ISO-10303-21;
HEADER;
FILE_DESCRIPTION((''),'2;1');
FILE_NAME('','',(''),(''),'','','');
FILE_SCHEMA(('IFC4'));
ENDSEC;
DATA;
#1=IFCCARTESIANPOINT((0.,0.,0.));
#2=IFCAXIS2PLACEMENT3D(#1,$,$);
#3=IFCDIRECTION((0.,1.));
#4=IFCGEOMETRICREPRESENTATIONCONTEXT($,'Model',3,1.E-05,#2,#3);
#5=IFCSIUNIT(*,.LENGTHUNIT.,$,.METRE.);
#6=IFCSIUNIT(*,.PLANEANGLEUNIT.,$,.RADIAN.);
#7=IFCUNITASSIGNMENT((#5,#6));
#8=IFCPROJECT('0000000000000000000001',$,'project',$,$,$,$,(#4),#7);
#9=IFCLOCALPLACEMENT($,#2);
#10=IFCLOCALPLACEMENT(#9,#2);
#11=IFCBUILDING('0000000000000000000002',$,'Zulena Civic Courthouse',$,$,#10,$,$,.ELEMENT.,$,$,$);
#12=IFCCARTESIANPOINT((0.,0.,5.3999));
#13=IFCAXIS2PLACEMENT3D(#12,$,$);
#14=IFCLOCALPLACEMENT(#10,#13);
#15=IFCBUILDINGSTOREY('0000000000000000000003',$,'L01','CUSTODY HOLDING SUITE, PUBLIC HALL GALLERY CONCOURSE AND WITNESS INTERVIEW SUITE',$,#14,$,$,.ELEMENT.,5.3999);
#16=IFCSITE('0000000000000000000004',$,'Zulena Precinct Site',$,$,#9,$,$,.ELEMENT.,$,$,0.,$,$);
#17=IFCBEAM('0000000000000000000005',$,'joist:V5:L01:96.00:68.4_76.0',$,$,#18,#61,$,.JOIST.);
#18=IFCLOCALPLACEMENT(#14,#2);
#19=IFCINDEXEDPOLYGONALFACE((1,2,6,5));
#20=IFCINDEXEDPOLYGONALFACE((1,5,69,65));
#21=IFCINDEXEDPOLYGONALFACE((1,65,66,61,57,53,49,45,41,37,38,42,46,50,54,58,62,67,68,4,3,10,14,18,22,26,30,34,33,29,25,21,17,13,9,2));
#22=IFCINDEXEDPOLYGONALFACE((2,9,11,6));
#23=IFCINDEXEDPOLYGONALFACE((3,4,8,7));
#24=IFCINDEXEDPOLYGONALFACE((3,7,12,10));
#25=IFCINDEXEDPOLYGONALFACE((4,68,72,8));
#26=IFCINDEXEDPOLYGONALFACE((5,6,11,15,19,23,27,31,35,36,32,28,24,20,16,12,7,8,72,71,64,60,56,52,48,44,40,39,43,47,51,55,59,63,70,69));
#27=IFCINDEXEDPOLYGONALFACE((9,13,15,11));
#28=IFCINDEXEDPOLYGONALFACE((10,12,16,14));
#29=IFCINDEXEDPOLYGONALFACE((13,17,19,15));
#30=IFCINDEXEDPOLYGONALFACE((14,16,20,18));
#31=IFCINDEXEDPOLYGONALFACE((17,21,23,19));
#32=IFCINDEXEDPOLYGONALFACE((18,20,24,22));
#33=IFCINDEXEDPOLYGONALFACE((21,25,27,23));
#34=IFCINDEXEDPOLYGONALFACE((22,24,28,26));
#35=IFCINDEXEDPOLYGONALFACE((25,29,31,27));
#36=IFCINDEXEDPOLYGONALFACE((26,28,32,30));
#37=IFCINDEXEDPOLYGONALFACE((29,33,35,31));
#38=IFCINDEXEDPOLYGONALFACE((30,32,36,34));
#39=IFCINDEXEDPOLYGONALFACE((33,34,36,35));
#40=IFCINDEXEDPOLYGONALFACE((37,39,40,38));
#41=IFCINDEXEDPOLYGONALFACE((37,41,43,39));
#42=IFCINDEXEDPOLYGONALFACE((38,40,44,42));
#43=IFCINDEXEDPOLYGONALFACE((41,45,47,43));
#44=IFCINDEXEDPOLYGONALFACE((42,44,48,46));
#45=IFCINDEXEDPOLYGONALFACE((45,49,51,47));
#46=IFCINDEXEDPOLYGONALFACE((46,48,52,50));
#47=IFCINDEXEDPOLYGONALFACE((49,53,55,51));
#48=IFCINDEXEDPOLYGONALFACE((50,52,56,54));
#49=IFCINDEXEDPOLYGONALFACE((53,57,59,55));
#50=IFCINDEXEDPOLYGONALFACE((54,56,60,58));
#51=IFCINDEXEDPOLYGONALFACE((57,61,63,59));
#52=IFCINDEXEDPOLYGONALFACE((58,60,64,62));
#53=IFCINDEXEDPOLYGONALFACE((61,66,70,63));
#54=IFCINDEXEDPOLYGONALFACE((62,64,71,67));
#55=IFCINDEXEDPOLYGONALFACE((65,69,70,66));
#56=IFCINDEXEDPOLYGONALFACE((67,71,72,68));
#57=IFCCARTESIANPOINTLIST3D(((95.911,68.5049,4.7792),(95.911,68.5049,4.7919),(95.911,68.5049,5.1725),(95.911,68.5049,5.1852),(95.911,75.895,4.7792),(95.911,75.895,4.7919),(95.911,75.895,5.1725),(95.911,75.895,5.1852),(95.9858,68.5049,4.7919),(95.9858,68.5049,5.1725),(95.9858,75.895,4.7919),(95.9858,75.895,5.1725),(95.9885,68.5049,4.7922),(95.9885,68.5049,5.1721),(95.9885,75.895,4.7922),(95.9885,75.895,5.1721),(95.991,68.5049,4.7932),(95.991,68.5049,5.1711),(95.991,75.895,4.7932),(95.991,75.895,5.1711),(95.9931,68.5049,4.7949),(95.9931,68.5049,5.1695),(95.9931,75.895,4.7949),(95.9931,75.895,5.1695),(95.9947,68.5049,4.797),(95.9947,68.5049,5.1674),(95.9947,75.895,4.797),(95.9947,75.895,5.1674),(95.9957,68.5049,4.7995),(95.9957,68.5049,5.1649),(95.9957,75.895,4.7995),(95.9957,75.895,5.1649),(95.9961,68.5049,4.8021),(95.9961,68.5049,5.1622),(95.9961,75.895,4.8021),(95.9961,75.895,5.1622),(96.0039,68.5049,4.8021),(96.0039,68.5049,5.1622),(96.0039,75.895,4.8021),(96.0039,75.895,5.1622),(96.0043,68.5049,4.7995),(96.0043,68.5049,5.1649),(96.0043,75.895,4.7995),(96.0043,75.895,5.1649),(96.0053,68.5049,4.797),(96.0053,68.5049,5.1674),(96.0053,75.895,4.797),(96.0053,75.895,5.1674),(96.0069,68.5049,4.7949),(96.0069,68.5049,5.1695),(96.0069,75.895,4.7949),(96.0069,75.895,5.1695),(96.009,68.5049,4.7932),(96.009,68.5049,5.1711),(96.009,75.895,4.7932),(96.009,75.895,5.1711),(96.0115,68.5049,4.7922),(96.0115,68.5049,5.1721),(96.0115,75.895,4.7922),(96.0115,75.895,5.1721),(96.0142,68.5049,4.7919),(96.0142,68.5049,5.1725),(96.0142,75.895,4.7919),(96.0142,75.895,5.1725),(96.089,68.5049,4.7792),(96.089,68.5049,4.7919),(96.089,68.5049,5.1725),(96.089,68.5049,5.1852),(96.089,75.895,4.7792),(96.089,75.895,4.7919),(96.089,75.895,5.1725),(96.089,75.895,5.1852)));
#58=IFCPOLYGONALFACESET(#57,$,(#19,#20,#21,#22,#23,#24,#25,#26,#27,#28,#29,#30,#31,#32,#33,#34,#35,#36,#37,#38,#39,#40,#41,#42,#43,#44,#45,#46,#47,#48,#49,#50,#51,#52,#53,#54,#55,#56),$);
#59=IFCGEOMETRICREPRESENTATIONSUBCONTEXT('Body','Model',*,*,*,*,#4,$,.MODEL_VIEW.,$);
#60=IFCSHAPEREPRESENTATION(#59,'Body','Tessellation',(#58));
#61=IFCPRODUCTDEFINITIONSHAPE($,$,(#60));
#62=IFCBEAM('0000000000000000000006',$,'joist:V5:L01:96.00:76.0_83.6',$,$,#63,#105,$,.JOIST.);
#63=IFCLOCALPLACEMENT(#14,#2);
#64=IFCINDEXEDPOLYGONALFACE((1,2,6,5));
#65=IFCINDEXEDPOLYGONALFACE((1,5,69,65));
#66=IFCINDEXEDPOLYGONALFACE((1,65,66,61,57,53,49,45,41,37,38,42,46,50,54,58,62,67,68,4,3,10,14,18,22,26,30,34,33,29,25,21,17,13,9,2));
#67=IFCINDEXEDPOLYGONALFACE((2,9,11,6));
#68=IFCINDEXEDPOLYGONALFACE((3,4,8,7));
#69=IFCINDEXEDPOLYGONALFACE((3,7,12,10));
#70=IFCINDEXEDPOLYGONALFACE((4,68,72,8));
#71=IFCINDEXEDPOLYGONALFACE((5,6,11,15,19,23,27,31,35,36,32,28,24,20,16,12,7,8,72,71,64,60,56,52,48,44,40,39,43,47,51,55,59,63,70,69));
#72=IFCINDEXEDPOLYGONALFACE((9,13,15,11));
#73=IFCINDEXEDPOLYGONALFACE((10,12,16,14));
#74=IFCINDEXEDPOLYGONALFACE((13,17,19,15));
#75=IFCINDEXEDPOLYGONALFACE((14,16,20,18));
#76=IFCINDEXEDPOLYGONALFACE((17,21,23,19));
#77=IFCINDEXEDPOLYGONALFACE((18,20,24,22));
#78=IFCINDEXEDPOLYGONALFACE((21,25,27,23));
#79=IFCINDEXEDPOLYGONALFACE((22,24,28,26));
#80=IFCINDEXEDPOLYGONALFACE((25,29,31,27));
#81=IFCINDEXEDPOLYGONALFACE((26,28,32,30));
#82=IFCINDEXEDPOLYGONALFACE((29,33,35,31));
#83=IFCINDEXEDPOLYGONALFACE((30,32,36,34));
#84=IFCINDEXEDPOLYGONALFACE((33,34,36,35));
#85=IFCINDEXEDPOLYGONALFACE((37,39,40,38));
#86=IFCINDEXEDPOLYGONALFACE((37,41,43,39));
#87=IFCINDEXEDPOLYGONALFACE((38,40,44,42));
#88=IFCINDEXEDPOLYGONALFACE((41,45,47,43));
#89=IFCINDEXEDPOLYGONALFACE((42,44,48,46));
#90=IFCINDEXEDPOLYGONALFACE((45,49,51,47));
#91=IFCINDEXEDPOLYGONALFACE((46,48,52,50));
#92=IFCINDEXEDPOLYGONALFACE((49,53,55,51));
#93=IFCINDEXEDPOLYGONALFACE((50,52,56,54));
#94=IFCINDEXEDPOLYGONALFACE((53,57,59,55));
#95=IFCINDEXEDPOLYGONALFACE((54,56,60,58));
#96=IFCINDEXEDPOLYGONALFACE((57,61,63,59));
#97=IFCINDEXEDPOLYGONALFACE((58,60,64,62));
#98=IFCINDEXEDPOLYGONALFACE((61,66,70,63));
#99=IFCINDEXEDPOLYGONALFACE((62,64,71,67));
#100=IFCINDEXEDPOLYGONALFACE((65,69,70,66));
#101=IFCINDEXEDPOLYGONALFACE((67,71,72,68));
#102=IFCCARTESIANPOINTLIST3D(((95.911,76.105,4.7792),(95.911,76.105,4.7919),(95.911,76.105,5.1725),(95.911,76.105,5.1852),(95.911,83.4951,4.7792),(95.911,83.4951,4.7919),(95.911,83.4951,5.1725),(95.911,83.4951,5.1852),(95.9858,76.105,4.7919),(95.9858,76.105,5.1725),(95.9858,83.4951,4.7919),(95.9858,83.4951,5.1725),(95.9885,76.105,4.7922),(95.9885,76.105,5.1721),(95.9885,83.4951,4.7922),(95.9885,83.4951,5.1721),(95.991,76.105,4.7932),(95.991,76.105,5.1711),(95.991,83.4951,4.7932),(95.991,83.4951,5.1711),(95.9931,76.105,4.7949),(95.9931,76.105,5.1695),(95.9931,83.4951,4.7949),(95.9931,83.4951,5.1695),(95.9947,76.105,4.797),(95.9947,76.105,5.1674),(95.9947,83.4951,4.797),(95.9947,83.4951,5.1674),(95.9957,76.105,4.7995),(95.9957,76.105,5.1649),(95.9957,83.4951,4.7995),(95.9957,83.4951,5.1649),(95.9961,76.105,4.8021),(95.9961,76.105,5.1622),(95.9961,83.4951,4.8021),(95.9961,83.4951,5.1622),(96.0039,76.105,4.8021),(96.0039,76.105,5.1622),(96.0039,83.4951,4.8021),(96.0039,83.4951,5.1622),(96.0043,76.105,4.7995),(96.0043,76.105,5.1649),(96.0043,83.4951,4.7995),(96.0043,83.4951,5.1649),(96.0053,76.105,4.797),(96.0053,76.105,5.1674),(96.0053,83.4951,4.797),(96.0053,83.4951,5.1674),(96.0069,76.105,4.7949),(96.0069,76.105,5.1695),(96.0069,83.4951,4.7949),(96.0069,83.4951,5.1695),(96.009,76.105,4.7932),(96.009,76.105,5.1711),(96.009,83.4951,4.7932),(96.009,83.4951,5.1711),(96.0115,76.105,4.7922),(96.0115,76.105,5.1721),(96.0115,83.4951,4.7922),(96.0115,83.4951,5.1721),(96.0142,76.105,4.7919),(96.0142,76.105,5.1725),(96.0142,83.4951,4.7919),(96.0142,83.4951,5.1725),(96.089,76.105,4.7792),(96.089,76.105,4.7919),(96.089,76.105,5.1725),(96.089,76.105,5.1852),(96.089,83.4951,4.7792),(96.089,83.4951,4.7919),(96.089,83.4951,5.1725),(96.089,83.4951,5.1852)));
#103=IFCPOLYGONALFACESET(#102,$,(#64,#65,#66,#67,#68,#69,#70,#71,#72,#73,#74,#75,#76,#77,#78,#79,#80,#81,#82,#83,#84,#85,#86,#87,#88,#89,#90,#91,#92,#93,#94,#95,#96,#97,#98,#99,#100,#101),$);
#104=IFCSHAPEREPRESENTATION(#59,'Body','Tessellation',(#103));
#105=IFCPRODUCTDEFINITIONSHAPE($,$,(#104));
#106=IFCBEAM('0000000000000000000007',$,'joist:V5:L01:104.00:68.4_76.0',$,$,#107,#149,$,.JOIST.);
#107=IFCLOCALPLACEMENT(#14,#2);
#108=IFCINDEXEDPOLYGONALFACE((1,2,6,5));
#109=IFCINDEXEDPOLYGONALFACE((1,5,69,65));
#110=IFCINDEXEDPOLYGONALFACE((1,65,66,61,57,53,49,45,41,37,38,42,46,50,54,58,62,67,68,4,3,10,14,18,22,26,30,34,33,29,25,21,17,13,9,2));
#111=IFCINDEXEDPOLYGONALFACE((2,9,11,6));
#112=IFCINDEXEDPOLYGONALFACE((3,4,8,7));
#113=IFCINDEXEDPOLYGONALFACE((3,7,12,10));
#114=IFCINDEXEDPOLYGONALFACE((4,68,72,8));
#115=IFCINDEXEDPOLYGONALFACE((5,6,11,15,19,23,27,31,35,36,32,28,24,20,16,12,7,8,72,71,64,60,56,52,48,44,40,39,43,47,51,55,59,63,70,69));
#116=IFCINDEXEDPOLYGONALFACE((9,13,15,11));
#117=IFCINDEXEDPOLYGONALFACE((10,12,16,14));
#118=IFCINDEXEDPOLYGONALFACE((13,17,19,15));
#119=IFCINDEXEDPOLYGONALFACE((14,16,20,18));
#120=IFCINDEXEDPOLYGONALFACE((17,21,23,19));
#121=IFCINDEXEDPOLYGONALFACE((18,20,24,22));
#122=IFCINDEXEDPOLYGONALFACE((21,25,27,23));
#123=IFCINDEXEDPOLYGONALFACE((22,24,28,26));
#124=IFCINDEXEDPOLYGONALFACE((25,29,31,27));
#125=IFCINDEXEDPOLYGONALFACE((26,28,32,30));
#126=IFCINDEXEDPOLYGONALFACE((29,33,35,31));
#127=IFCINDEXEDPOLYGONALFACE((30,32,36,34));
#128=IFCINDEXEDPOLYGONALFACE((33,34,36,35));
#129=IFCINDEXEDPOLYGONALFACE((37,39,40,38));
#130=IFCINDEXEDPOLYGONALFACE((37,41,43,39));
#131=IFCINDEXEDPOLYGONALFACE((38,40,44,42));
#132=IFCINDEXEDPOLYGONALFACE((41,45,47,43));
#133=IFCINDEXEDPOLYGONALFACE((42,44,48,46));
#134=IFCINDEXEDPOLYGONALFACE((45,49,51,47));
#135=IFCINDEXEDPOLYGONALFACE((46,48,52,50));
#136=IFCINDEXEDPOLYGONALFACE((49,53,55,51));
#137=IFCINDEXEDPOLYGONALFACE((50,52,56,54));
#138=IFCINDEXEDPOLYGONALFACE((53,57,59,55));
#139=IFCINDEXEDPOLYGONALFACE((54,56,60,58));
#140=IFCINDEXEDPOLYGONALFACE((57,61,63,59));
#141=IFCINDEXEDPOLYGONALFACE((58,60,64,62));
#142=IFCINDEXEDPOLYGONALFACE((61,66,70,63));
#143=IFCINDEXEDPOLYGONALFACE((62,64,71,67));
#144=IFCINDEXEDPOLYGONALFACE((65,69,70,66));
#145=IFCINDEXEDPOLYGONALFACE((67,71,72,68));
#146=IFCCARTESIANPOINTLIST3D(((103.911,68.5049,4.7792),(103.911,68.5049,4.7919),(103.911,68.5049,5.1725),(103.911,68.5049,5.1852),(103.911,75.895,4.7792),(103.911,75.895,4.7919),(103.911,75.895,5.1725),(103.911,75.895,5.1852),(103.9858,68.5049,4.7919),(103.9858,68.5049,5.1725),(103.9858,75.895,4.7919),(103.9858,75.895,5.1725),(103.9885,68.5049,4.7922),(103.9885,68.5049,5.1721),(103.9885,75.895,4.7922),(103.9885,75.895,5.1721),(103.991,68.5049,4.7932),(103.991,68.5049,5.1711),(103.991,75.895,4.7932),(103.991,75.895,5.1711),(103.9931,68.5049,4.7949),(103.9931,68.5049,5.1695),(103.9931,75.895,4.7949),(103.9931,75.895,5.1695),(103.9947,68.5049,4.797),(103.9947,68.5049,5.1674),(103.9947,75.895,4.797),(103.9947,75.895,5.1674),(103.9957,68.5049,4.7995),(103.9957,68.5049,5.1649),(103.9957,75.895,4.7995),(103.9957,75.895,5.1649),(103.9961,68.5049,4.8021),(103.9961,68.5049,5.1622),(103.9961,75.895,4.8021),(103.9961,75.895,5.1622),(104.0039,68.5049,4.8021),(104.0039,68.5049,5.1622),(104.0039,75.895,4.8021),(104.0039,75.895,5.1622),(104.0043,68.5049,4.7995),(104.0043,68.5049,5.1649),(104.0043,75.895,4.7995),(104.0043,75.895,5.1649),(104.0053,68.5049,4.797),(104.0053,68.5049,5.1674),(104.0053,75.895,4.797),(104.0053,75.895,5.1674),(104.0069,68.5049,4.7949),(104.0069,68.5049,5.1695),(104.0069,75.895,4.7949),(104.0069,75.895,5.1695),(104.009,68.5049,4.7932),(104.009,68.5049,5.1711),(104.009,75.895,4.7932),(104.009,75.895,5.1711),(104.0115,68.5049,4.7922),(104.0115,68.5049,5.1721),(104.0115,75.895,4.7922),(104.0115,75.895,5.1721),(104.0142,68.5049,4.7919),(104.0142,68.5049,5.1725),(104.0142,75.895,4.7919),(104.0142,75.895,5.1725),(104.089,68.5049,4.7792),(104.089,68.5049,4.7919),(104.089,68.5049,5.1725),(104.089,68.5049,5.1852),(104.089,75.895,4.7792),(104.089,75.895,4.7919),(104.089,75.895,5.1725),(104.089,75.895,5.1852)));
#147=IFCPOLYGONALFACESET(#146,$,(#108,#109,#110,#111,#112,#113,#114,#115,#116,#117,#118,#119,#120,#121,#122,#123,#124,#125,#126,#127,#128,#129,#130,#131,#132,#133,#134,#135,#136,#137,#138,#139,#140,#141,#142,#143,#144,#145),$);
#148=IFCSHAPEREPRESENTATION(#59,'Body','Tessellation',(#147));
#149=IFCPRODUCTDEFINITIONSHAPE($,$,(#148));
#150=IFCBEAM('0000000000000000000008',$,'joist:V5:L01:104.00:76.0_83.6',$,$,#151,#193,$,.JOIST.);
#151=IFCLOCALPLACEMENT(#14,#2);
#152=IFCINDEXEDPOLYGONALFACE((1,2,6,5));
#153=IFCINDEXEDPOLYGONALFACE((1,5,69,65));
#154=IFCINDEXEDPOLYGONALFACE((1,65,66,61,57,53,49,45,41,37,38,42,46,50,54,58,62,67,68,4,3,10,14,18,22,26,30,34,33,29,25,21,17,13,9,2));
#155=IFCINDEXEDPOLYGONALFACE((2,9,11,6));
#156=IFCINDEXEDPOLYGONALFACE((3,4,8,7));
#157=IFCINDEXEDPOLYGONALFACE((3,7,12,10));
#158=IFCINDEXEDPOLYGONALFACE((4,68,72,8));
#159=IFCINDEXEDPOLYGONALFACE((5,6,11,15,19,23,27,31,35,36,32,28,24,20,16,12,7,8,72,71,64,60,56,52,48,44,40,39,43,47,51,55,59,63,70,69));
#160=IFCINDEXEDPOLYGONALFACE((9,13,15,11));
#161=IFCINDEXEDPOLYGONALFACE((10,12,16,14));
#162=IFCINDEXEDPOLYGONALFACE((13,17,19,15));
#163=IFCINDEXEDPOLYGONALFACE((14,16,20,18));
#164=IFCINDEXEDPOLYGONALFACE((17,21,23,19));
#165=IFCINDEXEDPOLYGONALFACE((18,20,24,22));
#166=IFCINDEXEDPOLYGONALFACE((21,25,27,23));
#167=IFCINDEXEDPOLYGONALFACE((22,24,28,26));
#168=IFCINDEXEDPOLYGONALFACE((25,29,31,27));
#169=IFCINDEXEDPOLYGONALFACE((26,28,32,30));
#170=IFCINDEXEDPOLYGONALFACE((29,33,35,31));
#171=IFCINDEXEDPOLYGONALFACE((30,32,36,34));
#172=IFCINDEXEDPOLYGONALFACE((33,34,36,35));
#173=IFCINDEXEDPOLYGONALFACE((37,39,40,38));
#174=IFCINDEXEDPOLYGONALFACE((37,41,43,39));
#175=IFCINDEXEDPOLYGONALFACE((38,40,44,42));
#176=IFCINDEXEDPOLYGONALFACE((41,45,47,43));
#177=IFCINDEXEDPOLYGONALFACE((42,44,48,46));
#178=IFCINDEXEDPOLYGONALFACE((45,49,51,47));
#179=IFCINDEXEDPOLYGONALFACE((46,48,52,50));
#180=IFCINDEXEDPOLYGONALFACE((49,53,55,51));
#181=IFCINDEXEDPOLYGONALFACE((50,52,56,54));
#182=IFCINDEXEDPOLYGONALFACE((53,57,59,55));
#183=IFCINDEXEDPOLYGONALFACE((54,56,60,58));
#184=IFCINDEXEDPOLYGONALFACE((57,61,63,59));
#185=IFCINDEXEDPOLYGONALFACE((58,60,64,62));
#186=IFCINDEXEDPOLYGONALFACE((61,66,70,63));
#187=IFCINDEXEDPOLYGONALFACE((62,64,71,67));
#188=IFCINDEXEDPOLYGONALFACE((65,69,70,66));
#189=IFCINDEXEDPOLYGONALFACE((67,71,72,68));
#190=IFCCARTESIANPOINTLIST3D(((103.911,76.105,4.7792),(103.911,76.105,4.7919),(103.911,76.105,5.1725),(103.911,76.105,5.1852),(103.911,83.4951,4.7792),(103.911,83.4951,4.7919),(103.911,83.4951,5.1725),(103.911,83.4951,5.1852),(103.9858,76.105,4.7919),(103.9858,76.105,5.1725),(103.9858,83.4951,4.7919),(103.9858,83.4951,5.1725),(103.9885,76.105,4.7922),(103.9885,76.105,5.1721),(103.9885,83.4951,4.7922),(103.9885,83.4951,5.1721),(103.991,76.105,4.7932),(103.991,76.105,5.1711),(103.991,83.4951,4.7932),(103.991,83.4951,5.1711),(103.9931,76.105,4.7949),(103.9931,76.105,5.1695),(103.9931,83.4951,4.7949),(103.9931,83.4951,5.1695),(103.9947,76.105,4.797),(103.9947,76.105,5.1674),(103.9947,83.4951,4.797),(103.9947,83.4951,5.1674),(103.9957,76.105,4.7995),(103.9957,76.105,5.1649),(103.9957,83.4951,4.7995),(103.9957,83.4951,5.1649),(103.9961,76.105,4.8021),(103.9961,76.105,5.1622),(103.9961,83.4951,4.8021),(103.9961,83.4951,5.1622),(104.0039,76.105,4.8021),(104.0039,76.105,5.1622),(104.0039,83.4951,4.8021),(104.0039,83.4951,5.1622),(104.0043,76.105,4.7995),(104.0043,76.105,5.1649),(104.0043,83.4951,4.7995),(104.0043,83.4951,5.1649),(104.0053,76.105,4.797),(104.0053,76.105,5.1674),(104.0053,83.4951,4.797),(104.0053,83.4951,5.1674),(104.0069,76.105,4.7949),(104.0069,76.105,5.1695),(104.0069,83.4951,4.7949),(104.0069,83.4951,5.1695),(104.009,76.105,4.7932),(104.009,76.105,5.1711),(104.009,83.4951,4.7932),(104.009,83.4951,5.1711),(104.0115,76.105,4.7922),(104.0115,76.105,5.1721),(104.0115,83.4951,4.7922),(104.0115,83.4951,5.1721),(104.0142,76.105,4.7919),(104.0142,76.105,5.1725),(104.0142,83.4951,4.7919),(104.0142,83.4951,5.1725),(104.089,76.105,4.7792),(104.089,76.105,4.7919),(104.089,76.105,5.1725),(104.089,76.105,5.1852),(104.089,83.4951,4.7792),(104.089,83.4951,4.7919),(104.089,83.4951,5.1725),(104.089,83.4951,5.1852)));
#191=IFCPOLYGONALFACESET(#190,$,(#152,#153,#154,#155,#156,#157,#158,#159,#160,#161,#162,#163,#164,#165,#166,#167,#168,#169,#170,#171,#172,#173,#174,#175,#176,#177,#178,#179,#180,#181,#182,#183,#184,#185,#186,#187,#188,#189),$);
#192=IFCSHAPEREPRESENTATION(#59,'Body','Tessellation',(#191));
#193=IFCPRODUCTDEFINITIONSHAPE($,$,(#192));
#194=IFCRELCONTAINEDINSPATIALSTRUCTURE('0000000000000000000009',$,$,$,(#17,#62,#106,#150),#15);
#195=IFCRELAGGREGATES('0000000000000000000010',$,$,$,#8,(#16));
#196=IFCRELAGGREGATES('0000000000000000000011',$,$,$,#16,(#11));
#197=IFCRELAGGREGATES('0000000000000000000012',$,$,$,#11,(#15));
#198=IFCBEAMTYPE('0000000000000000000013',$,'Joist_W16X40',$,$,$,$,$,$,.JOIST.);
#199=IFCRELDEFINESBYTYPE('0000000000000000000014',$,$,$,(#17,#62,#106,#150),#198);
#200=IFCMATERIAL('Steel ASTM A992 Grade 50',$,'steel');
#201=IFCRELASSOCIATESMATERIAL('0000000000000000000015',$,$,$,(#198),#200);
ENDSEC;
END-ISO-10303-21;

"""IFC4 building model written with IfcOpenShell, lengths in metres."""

from ifc_helpers import new_model, si_unit, direction, frame, origin, origin_2d, place, context, subcontext, project, spatial, i_section, extrude, material, material_profile, profile_set, type_object, element, save


model = new_model("IFC4")

# Units and contexts
model_context = context("Model", 3, precision=1e-05, world=origin(), true_north=direction((0.0, 1.0)))
body_context = subcontext(model_context, "Body", "Model", "MODEL_VIEW")
ifc_project = project(units=[si_unit("LENGTHUNIT", "METRE"), si_unit("PLANEANGLEUNIT", "RADIAN")], contexts=[model_context])

# Site, building, storey
site_placement = place(None, origin())
site = spatial("IfcSite", under=ifc_project, at=site_placement, Name="Zulena Precinct Site", CompositionType="ELEMENT", RefElevation=0.0)
building_placement = place(site_placement, origin())
building = spatial("IfcBuilding", under=site, at=building_placement, Name="Zulena Civic Courthouse", CompositionType="ELEMENT")
storey_placement = place(building_placement, frame((0.0, 0.0, 5.3999)))
storey = spatial("IfcBuildingStorey", under=building, at=storey_placement, Name="L01", Description="CUSTODY HOLDING SUITE, PUBLIC HALL GALLERY CONCOURSE AND WITNESS INTERVIEW SUITE", CompositionType="ELEMENT", Elevation=5.3999)

# Shared definitions
ifc_material_1 = material(Name="Steel ASTM A992 Grade 50", Category="steel")

# Beams
ifc_material_profile_1 = material_profile(ifc_material_1, i_section(OverallWidth=0.178, OverallDepth=0.406, WebThickness=0.0078, FlangeThickness=0.0127, FilletRadius=0.0103, at=origin_2d()), Name="W16X40")
ifc_profile_set_1 = profile_set([ifc_material_profile_1], Name="Steel ASTM A992 Grade 50")
beam_type_1 = type_object("IfcBeamType", Name="Joist_W16X40", PredefinedType="JOIST", material=ifc_profile_set_1)
for number, where, z_axis, x_axis, name in (
    (1, (96.0, 68.5049, 4.9822), (0.0, 1.0, 0.0), (-1.0, 0.0, 0.0), "joist:V5:L01:96.00:68.4_76.0"),
    (2, (96.0, 76.105, 4.9822), (0.0, 1.0, 0.0), (-1.0, 0.0, 0.0), "joist:V5:L01:96.00:76.0_83.6"),
    (3, (104.0, 68.5049, 4.9822), (0.0, 1.0, 0.0), (-1.0, 0.0, 0.0), "joist:V5:L01:104.00:68.4_76.0"),
    (4, (104.0, 76.105, 4.9822), (0.0, 1.0, 0.0), (-1.0, 0.0, 0.0), "joist:V5:L01:104.00:76.0_83.6"),
):
    element("IfcBeam", number, at=place(storey_placement, frame(where, z_axis=z_axis, x_axis=x_axis)), inside=storey, type_object=beam_type_1, Name=name, PredefinedType="JOIST", context=body_context, shape_type="SweptSolid", body=[
        extrude(i_section(OverallWidth=0.178, OverallDepth=0.406, WebThickness=0.0078, FlangeThickness=0.0127, FilletRadius=0.0103, at=origin_2d()), origin(), (0.0, 0.0, 1.0), 7.3901),
    ])

save(model, "model.ifc")
